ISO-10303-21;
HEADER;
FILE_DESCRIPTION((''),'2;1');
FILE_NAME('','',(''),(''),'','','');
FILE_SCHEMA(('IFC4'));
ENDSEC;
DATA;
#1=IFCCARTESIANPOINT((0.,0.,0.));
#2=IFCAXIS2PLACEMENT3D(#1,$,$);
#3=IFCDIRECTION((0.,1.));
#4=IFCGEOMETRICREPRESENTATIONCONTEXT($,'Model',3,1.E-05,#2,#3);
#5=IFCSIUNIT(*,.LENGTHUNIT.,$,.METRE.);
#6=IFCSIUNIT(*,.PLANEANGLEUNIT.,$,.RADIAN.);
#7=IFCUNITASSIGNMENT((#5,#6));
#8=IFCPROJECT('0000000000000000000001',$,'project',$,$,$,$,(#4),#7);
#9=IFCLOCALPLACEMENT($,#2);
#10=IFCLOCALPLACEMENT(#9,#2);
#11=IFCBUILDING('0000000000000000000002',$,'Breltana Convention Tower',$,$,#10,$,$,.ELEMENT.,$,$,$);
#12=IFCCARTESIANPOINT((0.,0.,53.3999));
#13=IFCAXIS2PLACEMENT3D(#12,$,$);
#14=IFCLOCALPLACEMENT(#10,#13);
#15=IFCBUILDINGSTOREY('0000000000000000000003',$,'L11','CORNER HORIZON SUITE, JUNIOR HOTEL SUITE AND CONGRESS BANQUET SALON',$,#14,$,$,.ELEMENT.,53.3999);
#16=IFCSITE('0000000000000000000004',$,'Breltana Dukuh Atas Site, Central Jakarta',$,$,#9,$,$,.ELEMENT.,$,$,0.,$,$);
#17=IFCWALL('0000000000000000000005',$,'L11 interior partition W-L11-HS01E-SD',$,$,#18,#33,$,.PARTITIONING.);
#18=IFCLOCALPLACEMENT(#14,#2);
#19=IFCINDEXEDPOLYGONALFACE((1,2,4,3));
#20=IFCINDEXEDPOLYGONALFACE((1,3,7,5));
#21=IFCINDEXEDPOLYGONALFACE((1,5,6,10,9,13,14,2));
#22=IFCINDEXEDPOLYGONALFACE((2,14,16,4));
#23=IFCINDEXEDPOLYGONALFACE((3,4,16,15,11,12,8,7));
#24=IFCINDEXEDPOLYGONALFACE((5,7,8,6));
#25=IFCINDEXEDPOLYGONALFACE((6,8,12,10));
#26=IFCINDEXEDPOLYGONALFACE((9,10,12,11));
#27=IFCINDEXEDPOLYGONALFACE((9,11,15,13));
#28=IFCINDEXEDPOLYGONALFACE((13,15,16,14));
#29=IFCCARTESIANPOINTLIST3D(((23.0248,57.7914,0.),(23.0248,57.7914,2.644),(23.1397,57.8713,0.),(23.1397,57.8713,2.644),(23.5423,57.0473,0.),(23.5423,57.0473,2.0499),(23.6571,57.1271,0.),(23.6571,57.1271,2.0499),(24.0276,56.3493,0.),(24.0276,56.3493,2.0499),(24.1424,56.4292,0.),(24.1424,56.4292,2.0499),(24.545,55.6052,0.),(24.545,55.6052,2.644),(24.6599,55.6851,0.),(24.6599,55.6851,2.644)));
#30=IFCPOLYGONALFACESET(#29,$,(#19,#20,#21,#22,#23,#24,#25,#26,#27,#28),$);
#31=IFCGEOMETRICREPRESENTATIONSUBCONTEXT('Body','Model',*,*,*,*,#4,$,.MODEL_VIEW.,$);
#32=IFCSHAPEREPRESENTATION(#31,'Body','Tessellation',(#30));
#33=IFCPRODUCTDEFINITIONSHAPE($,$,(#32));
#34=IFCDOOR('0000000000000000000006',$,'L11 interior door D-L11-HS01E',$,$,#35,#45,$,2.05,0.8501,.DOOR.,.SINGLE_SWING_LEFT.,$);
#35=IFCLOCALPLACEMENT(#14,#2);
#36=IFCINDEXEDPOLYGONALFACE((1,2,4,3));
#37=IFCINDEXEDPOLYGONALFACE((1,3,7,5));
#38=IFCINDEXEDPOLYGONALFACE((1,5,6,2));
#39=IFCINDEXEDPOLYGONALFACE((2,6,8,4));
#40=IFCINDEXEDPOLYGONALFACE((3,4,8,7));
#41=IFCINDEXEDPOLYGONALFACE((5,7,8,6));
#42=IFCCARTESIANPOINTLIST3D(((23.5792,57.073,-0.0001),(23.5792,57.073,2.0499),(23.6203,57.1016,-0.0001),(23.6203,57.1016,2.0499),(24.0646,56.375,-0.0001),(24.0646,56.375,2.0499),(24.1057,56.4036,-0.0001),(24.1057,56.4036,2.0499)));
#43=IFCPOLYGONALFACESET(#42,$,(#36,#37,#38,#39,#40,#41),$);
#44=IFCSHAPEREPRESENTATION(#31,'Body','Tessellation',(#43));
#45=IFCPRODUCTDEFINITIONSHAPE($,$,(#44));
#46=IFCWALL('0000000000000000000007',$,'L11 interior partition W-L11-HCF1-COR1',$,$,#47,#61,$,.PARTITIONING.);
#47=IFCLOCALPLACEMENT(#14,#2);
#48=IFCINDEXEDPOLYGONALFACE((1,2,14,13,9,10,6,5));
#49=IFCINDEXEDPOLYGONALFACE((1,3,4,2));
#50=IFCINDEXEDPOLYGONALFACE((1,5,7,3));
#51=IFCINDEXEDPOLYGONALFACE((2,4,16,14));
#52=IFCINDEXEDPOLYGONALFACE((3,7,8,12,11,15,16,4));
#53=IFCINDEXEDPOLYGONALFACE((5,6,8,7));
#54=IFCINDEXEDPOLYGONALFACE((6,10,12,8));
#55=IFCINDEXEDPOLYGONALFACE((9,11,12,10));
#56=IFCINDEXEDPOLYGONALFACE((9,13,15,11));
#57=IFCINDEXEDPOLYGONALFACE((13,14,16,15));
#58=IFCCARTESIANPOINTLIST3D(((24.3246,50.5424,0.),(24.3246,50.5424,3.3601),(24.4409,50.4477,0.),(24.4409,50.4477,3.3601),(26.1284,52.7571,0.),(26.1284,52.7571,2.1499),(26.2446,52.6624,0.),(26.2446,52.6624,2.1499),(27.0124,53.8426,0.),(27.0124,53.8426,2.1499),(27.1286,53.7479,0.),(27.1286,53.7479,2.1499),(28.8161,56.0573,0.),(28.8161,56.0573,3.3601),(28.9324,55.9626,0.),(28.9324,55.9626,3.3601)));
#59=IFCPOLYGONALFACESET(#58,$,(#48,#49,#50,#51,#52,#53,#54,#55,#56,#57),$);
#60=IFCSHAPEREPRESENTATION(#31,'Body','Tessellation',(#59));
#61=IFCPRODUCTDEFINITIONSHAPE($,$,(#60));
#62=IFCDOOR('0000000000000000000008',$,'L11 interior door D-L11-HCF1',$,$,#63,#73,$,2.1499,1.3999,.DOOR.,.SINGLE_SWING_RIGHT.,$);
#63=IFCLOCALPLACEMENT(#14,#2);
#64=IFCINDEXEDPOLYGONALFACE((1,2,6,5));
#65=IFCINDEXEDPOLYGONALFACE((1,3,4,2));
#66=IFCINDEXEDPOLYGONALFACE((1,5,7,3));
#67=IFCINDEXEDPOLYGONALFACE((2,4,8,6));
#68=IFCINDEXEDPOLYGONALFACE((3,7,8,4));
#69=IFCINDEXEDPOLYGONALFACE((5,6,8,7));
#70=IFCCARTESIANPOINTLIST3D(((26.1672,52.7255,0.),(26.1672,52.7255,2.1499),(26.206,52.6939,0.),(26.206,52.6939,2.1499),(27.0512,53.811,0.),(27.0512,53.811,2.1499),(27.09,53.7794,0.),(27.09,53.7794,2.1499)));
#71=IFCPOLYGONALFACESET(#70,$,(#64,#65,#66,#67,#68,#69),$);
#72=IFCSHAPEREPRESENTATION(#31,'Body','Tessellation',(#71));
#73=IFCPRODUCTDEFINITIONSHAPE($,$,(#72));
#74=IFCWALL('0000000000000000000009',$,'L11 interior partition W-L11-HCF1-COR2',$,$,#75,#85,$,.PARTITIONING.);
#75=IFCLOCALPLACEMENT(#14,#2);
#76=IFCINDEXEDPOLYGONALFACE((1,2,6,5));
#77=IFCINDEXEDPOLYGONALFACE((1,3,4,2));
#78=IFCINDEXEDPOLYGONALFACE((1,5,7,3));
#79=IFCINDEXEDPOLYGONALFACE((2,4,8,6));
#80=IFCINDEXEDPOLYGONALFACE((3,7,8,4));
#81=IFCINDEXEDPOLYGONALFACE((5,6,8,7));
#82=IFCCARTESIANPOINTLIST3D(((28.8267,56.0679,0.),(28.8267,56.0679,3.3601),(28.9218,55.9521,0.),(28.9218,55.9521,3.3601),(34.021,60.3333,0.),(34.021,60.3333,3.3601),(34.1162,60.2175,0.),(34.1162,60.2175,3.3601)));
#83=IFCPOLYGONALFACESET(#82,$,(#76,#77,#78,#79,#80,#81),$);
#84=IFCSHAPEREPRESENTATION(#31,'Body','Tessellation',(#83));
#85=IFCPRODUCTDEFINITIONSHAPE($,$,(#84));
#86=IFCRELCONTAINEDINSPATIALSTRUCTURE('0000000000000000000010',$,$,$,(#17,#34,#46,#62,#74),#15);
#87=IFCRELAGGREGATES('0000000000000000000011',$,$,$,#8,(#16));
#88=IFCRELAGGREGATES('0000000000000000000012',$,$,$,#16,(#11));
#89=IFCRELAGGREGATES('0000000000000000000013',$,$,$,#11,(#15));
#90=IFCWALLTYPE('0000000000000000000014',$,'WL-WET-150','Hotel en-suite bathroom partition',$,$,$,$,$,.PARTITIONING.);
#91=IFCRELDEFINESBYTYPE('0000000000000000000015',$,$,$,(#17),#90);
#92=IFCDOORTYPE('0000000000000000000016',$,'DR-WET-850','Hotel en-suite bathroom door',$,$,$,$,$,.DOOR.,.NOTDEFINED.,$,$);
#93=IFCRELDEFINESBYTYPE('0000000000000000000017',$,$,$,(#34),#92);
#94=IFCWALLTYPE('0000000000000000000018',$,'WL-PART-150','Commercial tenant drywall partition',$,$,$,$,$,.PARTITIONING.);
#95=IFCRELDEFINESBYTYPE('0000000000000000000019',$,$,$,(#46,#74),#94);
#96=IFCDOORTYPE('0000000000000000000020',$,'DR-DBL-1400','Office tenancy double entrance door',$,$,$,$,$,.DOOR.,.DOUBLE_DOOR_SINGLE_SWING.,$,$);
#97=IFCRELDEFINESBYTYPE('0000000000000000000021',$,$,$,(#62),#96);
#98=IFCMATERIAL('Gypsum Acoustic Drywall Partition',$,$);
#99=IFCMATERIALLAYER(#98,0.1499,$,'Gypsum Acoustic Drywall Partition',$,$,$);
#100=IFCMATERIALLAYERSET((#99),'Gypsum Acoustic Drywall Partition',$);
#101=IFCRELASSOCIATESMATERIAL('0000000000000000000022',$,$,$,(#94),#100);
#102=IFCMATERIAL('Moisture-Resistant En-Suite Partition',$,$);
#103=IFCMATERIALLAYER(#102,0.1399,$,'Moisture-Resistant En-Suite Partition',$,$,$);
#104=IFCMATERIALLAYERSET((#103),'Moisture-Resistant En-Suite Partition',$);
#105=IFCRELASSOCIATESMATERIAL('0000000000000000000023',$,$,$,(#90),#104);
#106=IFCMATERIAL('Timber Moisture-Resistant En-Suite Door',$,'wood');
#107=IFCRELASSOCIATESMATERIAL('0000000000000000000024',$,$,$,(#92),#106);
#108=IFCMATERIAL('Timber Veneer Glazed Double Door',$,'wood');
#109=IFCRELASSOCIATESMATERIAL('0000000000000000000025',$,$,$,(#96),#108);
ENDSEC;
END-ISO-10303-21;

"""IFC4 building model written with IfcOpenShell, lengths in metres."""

from ifc_helpers import new_model, si_unit, direction, frame, frame_2d, origin, place, context, subcontext, project, spatial, rectangle, extrude, source, transform, mapped, material, layer, layer_set, type_object, type_shapes, element, fill, save


model = new_model("IFC4")

# Units and contexts
model_context = context("Model", 3, precision=1e-05, world=origin(), true_north=direction((0.0, 1.0)))
body_context = subcontext(model_context, "Body", "Model", "MODEL_VIEW")
ifc_project = project(units=[si_unit("LENGTHUNIT", "METRE"), si_unit("PLANEANGLEUNIT", "RADIAN")], contexts=[model_context])

# Site, building, storey
site_placement = place(None, origin())
site = spatial("IfcSite", under=ifc_project, at=site_placement, Name="Breltana Dukuh Atas Site, Central Jakarta", CompositionType="ELEMENT", RefElevation=0.0)
building_placement = place(site_placement, origin())
building = spatial("IfcBuilding", under=site, at=building_placement, Name="Breltana Convention Tower", CompositionType="ELEMENT")
storey_placement = place(building_placement, frame((0.0, 0.0, 53.3999)))
storey = spatial("IfcBuildingStorey", under=building, at=storey_placement, Name="L11", Description="CORNER HORIZON SUITE, JUNIOR HOTEL SUITE AND CONGRESS BANQUET SALON", CompositionType="ELEMENT", Elevation=53.3999)

# Shared definitions
ifc_material_1 = material(Name="Gypsum Acoustic Drywall Partition")
ifc_layer_1 = layer(ifc_material_1, 0.1499, Name="Gypsum Acoustic Drywall Partition")
ifc_layer_set_1 = layer_set([ifc_layer_1], Name="Gypsum Acoustic Drywall Partition")
wall_type_1 = type_object("IfcWallType", Name="WL-PART-150", Description="Commercial tenant drywall partition", PredefinedType="PARTITIONING", material=ifc_layer_set_1)

# Shared definitions
ifc_material_2 = material(Name="Moisture-Resistant En-Suite Partition")
ifc_layer_2 = layer(ifc_material_2, 0.1399, Name="Moisture-Resistant En-Suite Partition")
ifc_layer_set_2 = layer_set([ifc_layer_2], Name="Moisture-Resistant En-Suite Partition")
wall_type_2 = type_object("IfcWallType", Name="WL-WET-150", Description="Hotel en-suite bathroom partition", PredefinedType="PARTITIONING", material=ifc_layer_set_2)
ifc_material_3 = material(Name="Timber Moisture-Resistant En-Suite Door", Category="wood")
door_type_1 = type_object("IfcDoorType", Name="DR-WET-850", Description="Hotel en-suite bathroom door", OperationType="NOTDEFINED", PredefinedType="DOOR", material=ifc_material_3)
shared_shape_1 = source(origin(), body_context, "Body", "SweptSolid", [
    extrude(rectangle(XDim=0.8501, YDim=2.05, at=frame_2d((0.425, 1.0249))), frame((0.0, 0.0249, 0.0), z_axis=(0.0, -1.0, 0.0), x_axis=(1.0, 0.0, 0.0)), (0.0, 0.0, 1.0), 0.05),
])
type_shapes(door_type_1, [shared_shape_1])

# Walls, openings, doors
shared_shape_2 = source(origin(), body_context, "Body", "SweptSolid", [
    extrude(rectangle(XDim=2.6628, YDim=0.1399, at=frame_2d((1.3315, 0.0))), origin(), (0.0, 0.0, 1.0), 2.644),
])
wall_1_placement = place(storey_placement, frame((24.6025, 55.645, 0.0), z_axis=(0.0, 0.0, 1.0), x_axis=(-0.570906, 0.821015, 0.0)))
wall_1 = element("IfcWall", 1, at=wall_1_placement, inside=storey, type_object=wall_type_2, Name="L11 interior partition W-L11-HS01E-SD", PredefinedType="PARTITIONING", context=body_context, shape_type="MappedRepresentation", body=[
    mapped(shared_shape_2, transform((0.0, 0.0, 0.0), scale=1.0)),
])
opening_1_placement = place(wall_1_placement, frame((0.9065, 0.0, 0.0)))
opening_1 = element("IfcOpeningElement", 2, at=opening_1_placement, cuts=wall_1, PredefinedType="OPENING", context=body_context, shape_type="SweptSolid", body=[
    extrude(rectangle(XDim=0.8501, YDim=2.05, at=frame_2d((0.425, 1.0249))), frame((0.0, 0.0801, 0.0), z_axis=(0.0, -1.0, 0.0), x_axis=(1.0, 0.0, 0.0)), (0.0, 0.0, 1.0), 0.1599),
])
door_1_placement = place(opening_1_placement, origin())
door_1 = element("IfcDoor", 3, at=door_1_placement, inside=storey, type_object=door_type_1, Name="L11 interior door D-L11-HS01E", OperationType="SINGLE_SWING_LEFT", OverallHeight=2.05, OverallWidth=0.8501, PredefinedType="DOOR", context=body_context, shape_type="MappedRepresentation", body=[
    mapped(shared_shape_1, transform((0.0, 0.0, 0.0), scale=1.0)),
])
fill(opening_1, door_1)
shared_shape_3 = source(origin(), body_context, "Body", "SweptSolid", [
    extrude(rectangle(XDim=7.1125, YDim=0.1499, at=frame_2d((3.5562, 0.0))), origin(), (0.0, 0.0, 1.0), 3.3601),
])
wall_2_placement = place(storey_placement, frame((24.3828, 50.4951, 0.0), z_axis=(0.0, 0.0, 1.0), x_axis=(0.63149, 0.775384, 0.0)))
wall_2 = element("IfcWall", 4, at=wall_2_placement, inside=storey, type_object=wall_type_1, Name="L11 interior partition W-L11-HCF1-COR1", PredefinedType="PARTITIONING", context=body_context, shape_type="MappedRepresentation", body=[
    mapped(shared_shape_3, transform((0.0, 0.0, 0.0), scale=1.0)),
])
opening_2_placement = place(wall_2_placement, frame((2.8562, 0.0, 0.0)))
opening_2 = element("IfcOpeningElement", 5, at=opening_2_placement, cuts=wall_2, PredefinedType="OPENING", context=body_context, shape_type="SweptSolid", body=[
    extrude(rectangle(XDim=1.3999, YDim=2.1499, at=frame_2d((0.7, 1.075))), frame((0.0, 0.085, 0.0), z_axis=(0.0, -1.0, 0.0), x_axis=(1.0, 0.0, 0.0)), (0.0, 0.0, 1.0), 0.1699),
])
ifc_material_4 = material(Name="Timber Veneer Glazed Double Door", Category="wood")
door_type_2 = type_object("IfcDoorType", Name="DR-DBL-1400", Description="Office tenancy double entrance door", OperationType="DOUBLE_DOOR_SINGLE_SWING", PredefinedType="DOOR", material=ifc_material_4)
shared_shape_4 = source(origin(), body_context, "Body", "SweptSolid", [
    extrude(rectangle(XDim=1.3999, YDim=2.1499, at=frame_2d((0.7, 1.075))), frame((0.0, 0.0249, 0.0), z_axis=(0.0, -1.0, 0.0), x_axis=(1.0, 0.0, 0.0)), (0.0, 0.0, 1.0), 0.05),
])
type_shapes(door_type_2, [shared_shape_4])
door_2_placement = place(opening_2_placement, origin())
door_2 = element("IfcDoor", 6, at=door_2_placement, inside=storey, type_object=door_type_2, Name="L11 interior door D-L11-HCF1", OperationType="SINGLE_SWING_RIGHT", OverallHeight=2.1499, OverallWidth=1.3999, PredefinedType="DOOR", context=body_context, shape_type="MappedRepresentation", body=[
    mapped(shared_shape_4, transform((0.0, 0.0, 0.0), scale=1.0)),
])
fill(opening_2, door_2)

# Wall
shared_shape_5 = source(origin(), body_context, "Body", "SweptSolid", [
    extrude(rectangle(XDim=6.7212, YDim=0.1499, at=frame_2d((3.3606, 0.0))), origin(), (0.0, 0.0, 1.0), 3.3601),
])
wall_3_placement = place(storey_placement, frame((28.8743, 56.01, 0.0), z_axis=(0.0, 0.0, 1.0), x_axis=(0.772828, 0.634615, 0.0)))
element("IfcWall", 7, at=wall_3_placement, inside=storey, type_object=wall_type_1, Name="L11 interior partition W-L11-HCF1-COR2", PredefinedType="PARTITIONING", context=body_context, shape_type="MappedRepresentation", body=[
    mapped(shared_shape_5, transform((0.0, 0.0, 0.0), scale=1.0)),
])

save(model, "model.ifc")
